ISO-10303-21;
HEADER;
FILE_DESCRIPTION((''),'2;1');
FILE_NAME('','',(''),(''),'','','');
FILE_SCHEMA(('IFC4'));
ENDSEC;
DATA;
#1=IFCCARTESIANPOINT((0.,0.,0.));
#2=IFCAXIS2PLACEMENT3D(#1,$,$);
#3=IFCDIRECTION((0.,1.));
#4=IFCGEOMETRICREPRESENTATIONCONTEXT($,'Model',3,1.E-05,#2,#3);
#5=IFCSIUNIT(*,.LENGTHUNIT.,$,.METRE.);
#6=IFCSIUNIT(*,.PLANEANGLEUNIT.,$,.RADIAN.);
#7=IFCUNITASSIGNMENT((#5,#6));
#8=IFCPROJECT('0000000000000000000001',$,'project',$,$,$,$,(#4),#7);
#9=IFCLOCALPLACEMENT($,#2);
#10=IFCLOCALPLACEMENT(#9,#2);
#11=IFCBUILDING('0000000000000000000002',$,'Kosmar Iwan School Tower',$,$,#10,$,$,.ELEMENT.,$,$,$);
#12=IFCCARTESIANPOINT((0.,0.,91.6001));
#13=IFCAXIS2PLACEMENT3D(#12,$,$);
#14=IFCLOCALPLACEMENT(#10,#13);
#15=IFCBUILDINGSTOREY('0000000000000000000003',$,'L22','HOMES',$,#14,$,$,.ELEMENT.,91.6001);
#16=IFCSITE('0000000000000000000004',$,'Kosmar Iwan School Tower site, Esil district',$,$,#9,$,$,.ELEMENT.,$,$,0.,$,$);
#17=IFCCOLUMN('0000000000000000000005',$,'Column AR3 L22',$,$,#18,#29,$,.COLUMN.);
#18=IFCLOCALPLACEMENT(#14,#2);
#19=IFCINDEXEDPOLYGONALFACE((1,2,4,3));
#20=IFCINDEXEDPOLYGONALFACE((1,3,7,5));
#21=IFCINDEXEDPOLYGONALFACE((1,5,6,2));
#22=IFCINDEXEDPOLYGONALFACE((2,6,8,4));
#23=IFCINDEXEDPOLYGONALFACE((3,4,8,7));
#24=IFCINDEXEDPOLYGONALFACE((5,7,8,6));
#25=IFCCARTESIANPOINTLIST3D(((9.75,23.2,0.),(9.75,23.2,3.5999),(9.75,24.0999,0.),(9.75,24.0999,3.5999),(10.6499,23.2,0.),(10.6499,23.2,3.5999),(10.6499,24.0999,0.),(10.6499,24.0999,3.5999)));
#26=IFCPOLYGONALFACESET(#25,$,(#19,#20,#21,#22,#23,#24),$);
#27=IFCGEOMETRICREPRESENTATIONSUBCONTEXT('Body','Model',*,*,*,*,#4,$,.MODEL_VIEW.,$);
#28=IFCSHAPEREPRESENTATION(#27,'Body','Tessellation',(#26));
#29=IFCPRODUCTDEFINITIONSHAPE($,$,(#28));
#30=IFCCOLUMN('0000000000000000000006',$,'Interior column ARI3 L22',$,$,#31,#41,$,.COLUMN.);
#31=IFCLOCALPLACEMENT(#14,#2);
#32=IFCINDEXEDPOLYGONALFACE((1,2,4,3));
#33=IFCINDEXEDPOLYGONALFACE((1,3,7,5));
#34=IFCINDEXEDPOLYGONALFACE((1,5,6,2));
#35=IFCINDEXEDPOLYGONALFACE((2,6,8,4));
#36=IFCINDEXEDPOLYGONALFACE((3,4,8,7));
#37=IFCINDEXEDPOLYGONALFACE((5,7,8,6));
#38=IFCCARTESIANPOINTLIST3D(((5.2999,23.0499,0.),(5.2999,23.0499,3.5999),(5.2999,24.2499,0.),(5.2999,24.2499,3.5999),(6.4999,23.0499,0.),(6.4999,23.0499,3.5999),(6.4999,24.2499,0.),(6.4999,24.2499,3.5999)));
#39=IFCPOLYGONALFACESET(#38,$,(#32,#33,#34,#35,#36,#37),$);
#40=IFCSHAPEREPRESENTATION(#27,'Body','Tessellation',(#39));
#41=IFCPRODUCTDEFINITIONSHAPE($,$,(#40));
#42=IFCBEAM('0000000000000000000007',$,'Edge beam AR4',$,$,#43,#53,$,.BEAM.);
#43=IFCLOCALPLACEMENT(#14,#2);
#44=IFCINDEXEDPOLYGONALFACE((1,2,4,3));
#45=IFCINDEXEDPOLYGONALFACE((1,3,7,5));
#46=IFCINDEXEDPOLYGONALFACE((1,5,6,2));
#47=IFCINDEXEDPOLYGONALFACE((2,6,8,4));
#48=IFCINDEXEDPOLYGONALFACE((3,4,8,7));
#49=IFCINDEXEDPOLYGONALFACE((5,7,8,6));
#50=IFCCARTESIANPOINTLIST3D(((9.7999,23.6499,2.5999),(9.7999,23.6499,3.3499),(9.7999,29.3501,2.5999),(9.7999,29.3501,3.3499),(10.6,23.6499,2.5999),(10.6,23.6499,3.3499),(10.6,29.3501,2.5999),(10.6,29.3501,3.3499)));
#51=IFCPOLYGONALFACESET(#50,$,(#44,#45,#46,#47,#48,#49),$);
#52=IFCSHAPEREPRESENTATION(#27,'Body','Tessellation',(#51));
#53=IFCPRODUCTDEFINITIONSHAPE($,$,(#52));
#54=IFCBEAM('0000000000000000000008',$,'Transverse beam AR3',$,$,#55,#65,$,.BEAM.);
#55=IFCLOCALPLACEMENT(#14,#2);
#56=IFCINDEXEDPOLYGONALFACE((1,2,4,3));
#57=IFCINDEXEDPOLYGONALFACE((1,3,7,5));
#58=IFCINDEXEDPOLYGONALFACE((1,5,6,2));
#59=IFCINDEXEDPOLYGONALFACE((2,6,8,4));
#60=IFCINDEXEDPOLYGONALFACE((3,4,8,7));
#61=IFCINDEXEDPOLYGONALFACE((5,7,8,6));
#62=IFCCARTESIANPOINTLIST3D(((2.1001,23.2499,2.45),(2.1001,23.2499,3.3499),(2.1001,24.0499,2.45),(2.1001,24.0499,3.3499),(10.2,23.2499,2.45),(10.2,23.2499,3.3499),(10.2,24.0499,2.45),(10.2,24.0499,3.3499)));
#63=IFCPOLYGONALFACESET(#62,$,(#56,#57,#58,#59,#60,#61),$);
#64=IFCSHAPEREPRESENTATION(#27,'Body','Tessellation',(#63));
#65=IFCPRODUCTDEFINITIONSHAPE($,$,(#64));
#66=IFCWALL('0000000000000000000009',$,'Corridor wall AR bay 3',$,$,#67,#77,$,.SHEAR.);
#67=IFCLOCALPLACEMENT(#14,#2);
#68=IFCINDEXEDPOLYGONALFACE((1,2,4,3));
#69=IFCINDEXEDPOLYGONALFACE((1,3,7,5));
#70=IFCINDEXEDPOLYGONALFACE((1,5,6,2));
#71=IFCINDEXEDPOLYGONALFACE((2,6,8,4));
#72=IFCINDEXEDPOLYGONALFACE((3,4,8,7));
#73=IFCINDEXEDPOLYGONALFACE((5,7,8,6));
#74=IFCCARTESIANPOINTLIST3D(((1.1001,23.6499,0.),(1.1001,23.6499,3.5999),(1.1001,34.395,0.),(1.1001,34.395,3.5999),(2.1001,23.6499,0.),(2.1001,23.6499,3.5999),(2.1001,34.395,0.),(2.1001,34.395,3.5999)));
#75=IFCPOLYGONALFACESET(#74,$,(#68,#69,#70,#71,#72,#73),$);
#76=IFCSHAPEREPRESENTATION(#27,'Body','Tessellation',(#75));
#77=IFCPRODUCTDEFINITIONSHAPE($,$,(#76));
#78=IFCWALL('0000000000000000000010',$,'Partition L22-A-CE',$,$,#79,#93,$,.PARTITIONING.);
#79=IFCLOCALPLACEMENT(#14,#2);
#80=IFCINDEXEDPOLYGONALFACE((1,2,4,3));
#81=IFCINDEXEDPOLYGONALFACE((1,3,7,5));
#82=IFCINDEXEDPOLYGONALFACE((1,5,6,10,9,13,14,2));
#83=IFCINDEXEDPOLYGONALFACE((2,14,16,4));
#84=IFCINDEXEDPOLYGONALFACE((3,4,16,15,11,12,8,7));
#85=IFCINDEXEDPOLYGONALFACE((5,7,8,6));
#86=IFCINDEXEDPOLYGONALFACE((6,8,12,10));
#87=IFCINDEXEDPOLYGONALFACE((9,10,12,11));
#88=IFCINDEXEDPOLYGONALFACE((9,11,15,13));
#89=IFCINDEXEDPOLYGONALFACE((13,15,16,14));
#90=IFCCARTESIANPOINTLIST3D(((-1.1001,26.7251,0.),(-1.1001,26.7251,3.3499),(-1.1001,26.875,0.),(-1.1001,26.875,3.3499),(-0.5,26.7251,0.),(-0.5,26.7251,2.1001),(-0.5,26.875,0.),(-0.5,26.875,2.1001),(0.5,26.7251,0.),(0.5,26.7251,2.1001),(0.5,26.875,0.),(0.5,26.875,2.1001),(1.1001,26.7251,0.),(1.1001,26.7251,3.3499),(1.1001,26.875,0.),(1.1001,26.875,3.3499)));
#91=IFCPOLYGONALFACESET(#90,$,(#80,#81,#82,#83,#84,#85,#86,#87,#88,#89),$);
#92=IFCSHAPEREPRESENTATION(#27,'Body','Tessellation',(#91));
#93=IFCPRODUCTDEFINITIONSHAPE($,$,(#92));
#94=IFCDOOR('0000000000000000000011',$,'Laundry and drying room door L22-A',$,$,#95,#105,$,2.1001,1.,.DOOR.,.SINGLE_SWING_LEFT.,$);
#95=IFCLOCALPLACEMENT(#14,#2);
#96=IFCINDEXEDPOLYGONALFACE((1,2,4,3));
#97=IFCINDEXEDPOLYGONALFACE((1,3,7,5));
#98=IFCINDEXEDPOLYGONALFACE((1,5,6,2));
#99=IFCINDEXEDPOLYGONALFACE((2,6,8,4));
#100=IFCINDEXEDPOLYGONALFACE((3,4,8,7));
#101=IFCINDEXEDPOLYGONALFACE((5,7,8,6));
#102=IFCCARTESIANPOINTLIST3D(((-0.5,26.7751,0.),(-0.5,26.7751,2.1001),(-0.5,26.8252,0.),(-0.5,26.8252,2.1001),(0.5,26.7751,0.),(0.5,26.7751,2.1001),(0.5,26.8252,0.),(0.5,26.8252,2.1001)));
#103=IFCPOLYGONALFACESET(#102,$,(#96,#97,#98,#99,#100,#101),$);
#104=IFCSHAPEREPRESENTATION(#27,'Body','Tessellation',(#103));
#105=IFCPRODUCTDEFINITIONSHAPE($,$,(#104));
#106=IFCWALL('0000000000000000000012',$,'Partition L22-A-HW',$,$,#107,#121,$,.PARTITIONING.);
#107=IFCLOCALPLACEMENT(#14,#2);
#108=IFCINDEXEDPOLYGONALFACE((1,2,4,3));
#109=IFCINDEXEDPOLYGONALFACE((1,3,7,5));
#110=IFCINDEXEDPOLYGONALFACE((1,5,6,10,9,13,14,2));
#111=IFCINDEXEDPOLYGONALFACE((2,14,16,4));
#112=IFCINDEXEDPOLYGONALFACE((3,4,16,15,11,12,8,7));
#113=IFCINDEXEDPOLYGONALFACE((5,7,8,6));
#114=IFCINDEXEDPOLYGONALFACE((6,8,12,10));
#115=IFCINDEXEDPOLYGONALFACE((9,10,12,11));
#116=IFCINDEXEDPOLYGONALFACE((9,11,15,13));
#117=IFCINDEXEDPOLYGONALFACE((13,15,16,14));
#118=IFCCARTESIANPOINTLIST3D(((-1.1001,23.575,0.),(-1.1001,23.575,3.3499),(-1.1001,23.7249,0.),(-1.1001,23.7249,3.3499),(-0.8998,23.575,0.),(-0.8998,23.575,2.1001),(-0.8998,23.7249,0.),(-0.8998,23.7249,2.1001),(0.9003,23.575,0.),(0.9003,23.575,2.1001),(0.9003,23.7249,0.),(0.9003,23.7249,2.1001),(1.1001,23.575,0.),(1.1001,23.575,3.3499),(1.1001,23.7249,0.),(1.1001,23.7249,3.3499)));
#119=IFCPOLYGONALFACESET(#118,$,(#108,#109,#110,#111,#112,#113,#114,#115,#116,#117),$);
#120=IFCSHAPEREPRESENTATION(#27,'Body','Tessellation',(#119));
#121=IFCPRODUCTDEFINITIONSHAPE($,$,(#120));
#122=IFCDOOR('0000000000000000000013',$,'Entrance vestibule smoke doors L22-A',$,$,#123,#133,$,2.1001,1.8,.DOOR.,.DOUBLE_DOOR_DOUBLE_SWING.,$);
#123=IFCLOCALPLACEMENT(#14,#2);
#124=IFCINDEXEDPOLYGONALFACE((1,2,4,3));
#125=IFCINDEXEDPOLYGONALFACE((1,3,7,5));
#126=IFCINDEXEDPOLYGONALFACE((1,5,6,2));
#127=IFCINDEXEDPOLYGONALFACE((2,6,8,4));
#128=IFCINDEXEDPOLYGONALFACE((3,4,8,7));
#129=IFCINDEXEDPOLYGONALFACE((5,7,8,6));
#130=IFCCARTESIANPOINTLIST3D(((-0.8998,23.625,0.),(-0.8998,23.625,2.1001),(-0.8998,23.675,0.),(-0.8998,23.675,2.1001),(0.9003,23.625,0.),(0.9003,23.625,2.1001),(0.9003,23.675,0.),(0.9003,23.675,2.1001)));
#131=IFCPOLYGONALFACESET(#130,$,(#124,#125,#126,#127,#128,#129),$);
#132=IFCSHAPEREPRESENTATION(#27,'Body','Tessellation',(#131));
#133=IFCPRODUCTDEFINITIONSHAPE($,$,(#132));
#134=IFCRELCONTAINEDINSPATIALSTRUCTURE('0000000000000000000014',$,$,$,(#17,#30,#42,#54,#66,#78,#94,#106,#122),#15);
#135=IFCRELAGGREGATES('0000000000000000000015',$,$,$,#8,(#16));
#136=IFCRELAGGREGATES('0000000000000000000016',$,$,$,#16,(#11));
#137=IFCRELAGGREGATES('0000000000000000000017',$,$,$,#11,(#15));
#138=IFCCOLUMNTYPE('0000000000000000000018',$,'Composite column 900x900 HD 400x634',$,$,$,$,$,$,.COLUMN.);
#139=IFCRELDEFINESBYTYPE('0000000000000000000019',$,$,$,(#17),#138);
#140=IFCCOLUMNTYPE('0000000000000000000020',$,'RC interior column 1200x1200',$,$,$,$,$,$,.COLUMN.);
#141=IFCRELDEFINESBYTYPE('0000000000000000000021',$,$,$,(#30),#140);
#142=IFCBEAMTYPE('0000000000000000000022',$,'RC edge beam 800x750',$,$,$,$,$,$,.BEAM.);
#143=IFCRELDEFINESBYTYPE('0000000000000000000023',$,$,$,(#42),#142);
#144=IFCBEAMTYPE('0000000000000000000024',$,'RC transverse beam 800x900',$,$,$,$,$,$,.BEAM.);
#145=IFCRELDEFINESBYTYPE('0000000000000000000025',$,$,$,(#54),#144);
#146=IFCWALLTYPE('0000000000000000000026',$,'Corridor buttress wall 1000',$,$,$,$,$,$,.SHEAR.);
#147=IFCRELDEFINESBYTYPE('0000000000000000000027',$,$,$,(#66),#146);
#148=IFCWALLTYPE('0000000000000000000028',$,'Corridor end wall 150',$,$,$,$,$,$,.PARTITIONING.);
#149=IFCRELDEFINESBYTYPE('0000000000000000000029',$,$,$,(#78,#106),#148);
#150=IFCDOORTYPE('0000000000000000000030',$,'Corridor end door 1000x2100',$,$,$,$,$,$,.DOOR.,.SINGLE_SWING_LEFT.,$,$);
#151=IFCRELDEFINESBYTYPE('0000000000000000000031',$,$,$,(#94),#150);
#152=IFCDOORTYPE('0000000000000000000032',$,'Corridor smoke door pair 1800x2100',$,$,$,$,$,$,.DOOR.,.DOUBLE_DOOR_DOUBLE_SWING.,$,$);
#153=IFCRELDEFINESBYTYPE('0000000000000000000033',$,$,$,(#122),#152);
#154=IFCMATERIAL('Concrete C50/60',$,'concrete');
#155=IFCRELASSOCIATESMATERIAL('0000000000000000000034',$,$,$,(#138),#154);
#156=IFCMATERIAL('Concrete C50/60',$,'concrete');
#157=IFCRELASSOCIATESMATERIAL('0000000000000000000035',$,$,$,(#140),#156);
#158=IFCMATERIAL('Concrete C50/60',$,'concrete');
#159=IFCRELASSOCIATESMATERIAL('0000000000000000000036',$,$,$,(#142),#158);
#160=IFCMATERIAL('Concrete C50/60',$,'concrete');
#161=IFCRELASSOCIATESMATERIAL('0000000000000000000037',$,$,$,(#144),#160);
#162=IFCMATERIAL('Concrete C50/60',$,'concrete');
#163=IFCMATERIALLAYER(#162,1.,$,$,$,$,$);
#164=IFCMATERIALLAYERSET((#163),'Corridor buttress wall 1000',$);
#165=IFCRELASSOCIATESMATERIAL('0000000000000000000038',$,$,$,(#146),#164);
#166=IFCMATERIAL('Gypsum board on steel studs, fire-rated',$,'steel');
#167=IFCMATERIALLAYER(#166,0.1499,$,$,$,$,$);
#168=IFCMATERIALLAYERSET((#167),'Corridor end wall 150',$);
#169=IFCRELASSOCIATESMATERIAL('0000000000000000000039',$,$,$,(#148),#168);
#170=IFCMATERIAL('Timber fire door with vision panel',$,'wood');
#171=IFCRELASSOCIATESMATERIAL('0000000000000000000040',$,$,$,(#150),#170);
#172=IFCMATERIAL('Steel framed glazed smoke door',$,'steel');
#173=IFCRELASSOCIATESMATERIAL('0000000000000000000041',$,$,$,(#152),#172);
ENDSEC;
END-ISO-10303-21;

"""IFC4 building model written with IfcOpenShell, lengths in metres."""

from ifc_helpers import new_model, si_unit, direction, frame, frame_2d, origin, origin_2d, place, context, subcontext, project, spatial, rectangle, extrude, material, layer, layer_set, material_profile, profile_set, type_object, element, fill, save


model = new_model("IFC4")

# Units and contexts
model_context = context("Model", 3, precision=1e-05, world=origin(), true_north=direction((0.0, 1.0)))
body_context = subcontext(model_context, "Body", "Model", "MODEL_VIEW")
ifc_project = project(units=[si_unit("LENGTHUNIT", "METRE"), si_unit("PLANEANGLEUNIT", "RADIAN")], contexts=[model_context])

# Site, building, storey
site_placement = place(None, origin())
site = spatial("IfcSite", under=ifc_project, at=site_placement, Name="Kosmar Iwan School Tower site, Esil district", CompositionType="ELEMENT", RefElevation=0.0)
building_placement = place(site_placement, origin())
building = spatial("IfcBuilding", under=site, at=building_placement, Name="Kosmar Iwan School Tower", CompositionType="ELEMENT")
storey_placement = place(building_placement, frame((0.0, 0.0, 91.6001)))
storey = spatial("IfcBuildingStorey", under=building, at=storey_placement, Name="L22", Description="HOMES", CompositionType="ELEMENT", Elevation=91.6001)

# Columns
ifc_material_1 = material(Name="Concrete C50/60", Category="concrete")
ifc_material_profile_1 = material_profile(ifc_material_1, rectangle(XDim=0.8999, YDim=0.8999, at=origin_2d()), Name="RC 900x900 + HD 400x634")
ifc_profile_set_1 = profile_set([ifc_material_profile_1], Name="Concrete C50/60")
column_type_1 = type_object("IfcColumnType", Name="Composite column 900x900 HD 400x634", PredefinedType="COLUMN", material=ifc_profile_set_1)
column_1_placement = place(storey_placement, frame((10.2, 23.6499, 0.0), z_axis=(0.0, 0.0, 1.0), x_axis=(0.0, 1.0, 0.0)))
element("IfcColumn", 1, at=column_1_placement, inside=storey, type_object=column_type_1, Name="Column AR3 L22", PredefinedType="COLUMN", context=body_context, shape_type="SweptSolid", body=[
    extrude(rectangle(XDim=0.8999, YDim=0.8999, at=origin_2d()), origin(), (0.0, 0.0, 1.0), 3.5999),
])
ifc_material_2 = material(Name="Concrete C50/60", Category="concrete")
ifc_material_profile_2 = material_profile(ifc_material_2, rectangle(XDim=1.2, YDim=1.2, at=origin_2d()), Name="RC 1200x1200")
ifc_profile_set_2 = profile_set([ifc_material_profile_2], Name="Concrete C50/60")
column_type_2 = type_object("IfcColumnType", Name="RC interior column 1200x1200", PredefinedType="COLUMN", material=ifc_profile_set_2)
column_2_placement = place(storey_placement, frame((5.8999, 23.6499, 0.0), z_axis=(0.0, 0.0, 1.0), x_axis=(0.0, 1.0, 0.0)))
element("IfcColumn", 2, at=column_2_placement, inside=storey, type_object=column_type_2, Name="Interior column ARI3 L22", PredefinedType="COLUMN", context=body_context, shape_type="SweptSolid", body=[
    extrude(rectangle(XDim=1.2, YDim=1.2, at=origin_2d()), origin(), (0.0, 0.0, 1.0), 3.5999),
])

# Beams
ifc_material_3 = material(Name="Concrete C50/60", Category="concrete")
ifc_material_profile_3 = material_profile(ifc_material_3, rectangle(XDim=0.8, YDim=0.75, at=origin_2d()), Name="RC 800x750")
ifc_profile_set_3 = profile_set([ifc_material_profile_3], Name="Concrete C50/60")
beam_type_1 = type_object("IfcBeamType", Name="RC edge beam 800x750", PredefinedType="BEAM", material=ifc_profile_set_3)
beam_1_placement = place(storey_placement, frame((10.2, 23.6499, 2.9749), z_axis=(0.0, 1.0, 0.0), x_axis=(-1.0, 0.0, 0.0)))
element("IfcBeam", 3, at=beam_1_placement, inside=storey, type_object=beam_type_1, Name="Edge beam AR4", PredefinedType="BEAM", context=body_context, shape_type="SweptSolid", body=[
    extrude(rectangle(XDim=0.8, YDim=0.75, at=origin_2d()), origin(), (0.0, 0.0, 1.0), 5.7002),
])
ifc_material_4 = material(Name="Concrete C50/60", Category="concrete")
ifc_material_profile_4 = material_profile(ifc_material_4, rectangle(XDim=0.8, YDim=0.8999, at=origin_2d()), Name="RC 800x900")
ifc_profile_set_4 = profile_set([ifc_material_profile_4], Name="Concrete C50/60")
beam_type_2 = type_object("IfcBeamType", Name="RC transverse beam 800x900", PredefinedType="BEAM", material=ifc_profile_set_4)
beam_2_placement = place(storey_placement, frame((10.2, 23.6499, 2.8999), z_axis=(-1.0, 0.0, 0.0), x_axis=(0.0, -1.0, 0.0)))
element("IfcBeam", 4, at=beam_2_placement, inside=storey, type_object=beam_type_2, Name="Transverse beam AR3", PredefinedType="BEAM", context=body_context, shape_type="SweptSolid", body=[
    extrude(rectangle(XDim=0.8, YDim=0.8999, at=origin_2d()), origin(), (0.0, 0.0, 1.0), 8.0999),
])

# Wall
ifc_material_5 = material(Name="Concrete C50/60", Category="concrete")
ifc_layer_1 = layer(ifc_material_5, 1.0)
ifc_layer_set_1 = layer_set([ifc_layer_1], Name="Corridor buttress wall 1000")
wall_type_1 = type_object("IfcWallType", Name="Corridor buttress wall 1000", PredefinedType="SHEAR", material=ifc_layer_set_1)
wall_1_placement = place(storey_placement, frame((1.6001, 23.6499, 0.0), z_axis=(0.0, 0.0, 1.0), x_axis=(0.0, 1.0, 0.0)))
element("IfcWall", 5, at=wall_1_placement, inside=storey, type_object=wall_type_1, Name="Corridor wall AR bay 3", PredefinedType="SHEAR", context=body_context, shape_type="SweptSolid", body=[
    extrude(rectangle(XDim=10.7451, YDim=1.0, at=frame_2d((5.3726, 0.0))), origin(), (0.0, 0.0, 1.0), 3.5999),
])

# Walls, openings, doors
ifc_material_6 = material(Name="Gypsum board on steel studs, fire-rated", Category="steel")
ifc_layer_2 = layer(ifc_material_6, 0.1499)
ifc_layer_set_2 = layer_set([ifc_layer_2], Name="Corridor end wall 150")
wall_type_2 = type_object("IfcWallType", Name="Corridor end wall 150", PredefinedType="PARTITIONING", material=ifc_layer_set_2)
wall_2_placement = place(storey_placement, frame((1.1001, 26.8, 0.0), z_axis=(0.0, 0.0, 1.0), x_axis=(-1.0, 0.0, 0.0)))
wall_2 = element("IfcWall", 6, at=wall_2_placement, inside=storey, type_object=wall_type_2, Name="Partition L22-A-CE", PredefinedType="PARTITIONING", context=body_context, shape_type="SweptSolid", body=[
    extrude(rectangle(XDim=2.2002, YDim=0.1499, at=frame_2d((1.1001, 0.0))), origin(), (0.0, 0.0, 1.0), 3.3499),
])
opening_1_placement = place(wall_2_placement, frame((0.6001, 0.0, 0.0)))
opening_1 = element("IfcOpeningElement", 7, at=opening_1_placement, cuts=wall_2, PredefinedType="OPENING", context=body_context, shape_type="SweptSolid", body=[
    extrude(rectangle(XDim=1.0, YDim=2.1001, at=frame_2d((0.5, 1.05))), frame((0.0, 0.0869, 0.0), z_axis=(0.0, -1.0, 0.0), x_axis=(1.0, 0.0, 0.0)), (0.0, 0.0, 1.0), 0.1738),
])
ifc_material_7 = material(Name="Timber fire door with vision panel", Category="wood")
door_type_1 = type_object("IfcDoorType", Name="Corridor end door 1000x2100", OperationType="SINGLE_SWING_LEFT", PredefinedType="DOOR", material=ifc_material_7)
door_1_placement = place(opening_1_placement, origin())
door_1 = element("IfcDoor", 8, at=door_1_placement, inside=storey, type_object=door_type_1, Name="Laundry and drying room door L22-A", OperationType="SINGLE_SWING_LEFT", OverallHeight=2.1001, OverallWidth=1.0, PredefinedType="DOOR", context=body_context, shape_type="SweptSolid", body=[
    extrude(rectangle(XDim=1.0, YDim=2.1001, at=frame_2d((0.5, 1.05))), frame((0.0, 0.0249, 0.0), z_axis=(0.0, -1.0, 0.0), x_axis=(1.0, 0.0, 0.0)), (0.0, 0.0, 1.0), 0.05),
])
fill(opening_1, door_1)
wall_3_placement = place(storey_placement, frame((1.1001, 23.6499, 0.0), z_axis=(0.0, 0.0, 1.0), x_axis=(-1.0, 0.0, 0.0)))
wall_3 = element("IfcWall", 9, at=wall_3_placement, inside=storey, type_object=wall_type_2, Name="Partition L22-A-HW", PredefinedType="PARTITIONING", context=body_context, shape_type="SweptSolid", body=[
    extrude(rectangle(XDim=2.2002, YDim=0.1499, at=frame_2d((1.1001, 0.0))), origin(), (0.0, 0.0, 1.0), 3.3499),
])
opening_2_placement = place(wall_3_placement, frame((0.2, 0.0, 0.0)))
opening_2 = element("IfcOpeningElement", 10, at=opening_2_placement, cuts=wall_3, PredefinedType="OPENING", context=body_context, shape_type="SweptSolid", body=[
    extrude(rectangle(XDim=1.8, YDim=2.1001, at=frame_2d((0.8999, 1.05))), frame((0.0, 0.0869, 0.0), z_axis=(0.0, -1.0, 0.0), x_axis=(1.0, 0.0, 0.0)), (0.0, 0.0, 1.0), 0.1738),
])
ifc_material_8 = material(Name="Steel framed glazed smoke door", Category="steel")
door_type_2 = type_object("IfcDoorType", Name="Corridor smoke door pair 1800x2100", OperationType="DOUBLE_DOOR_DOUBLE_SWING", PredefinedType="DOOR", material=ifc_material_8)
door_2_placement = place(opening_2_placement, origin())
door_2 = element("IfcDoor", 11, at=door_2_placement, inside=storey, type_object=door_type_2, Name="Entrance vestibule smoke doors L22-A", OperationType="DOUBLE_DOOR_DOUBLE_SWING", OverallHeight=2.1001, OverallWidth=1.8, PredefinedType="DOOR", context=body_context, shape_type="SweptSolid", body=[
    extrude(rectangle(XDim=1.8, YDim=2.1001, at=frame_2d((0.8999, 1.05))), frame((0.0, 0.0249, 0.0), z_axis=(0.0, -1.0, 0.0), x_axis=(1.0, 0.0, 0.0)), (0.0, 0.0, 1.0), 0.05),
])
fill(opening_2, door_2)

save(model, "model.ifc")
